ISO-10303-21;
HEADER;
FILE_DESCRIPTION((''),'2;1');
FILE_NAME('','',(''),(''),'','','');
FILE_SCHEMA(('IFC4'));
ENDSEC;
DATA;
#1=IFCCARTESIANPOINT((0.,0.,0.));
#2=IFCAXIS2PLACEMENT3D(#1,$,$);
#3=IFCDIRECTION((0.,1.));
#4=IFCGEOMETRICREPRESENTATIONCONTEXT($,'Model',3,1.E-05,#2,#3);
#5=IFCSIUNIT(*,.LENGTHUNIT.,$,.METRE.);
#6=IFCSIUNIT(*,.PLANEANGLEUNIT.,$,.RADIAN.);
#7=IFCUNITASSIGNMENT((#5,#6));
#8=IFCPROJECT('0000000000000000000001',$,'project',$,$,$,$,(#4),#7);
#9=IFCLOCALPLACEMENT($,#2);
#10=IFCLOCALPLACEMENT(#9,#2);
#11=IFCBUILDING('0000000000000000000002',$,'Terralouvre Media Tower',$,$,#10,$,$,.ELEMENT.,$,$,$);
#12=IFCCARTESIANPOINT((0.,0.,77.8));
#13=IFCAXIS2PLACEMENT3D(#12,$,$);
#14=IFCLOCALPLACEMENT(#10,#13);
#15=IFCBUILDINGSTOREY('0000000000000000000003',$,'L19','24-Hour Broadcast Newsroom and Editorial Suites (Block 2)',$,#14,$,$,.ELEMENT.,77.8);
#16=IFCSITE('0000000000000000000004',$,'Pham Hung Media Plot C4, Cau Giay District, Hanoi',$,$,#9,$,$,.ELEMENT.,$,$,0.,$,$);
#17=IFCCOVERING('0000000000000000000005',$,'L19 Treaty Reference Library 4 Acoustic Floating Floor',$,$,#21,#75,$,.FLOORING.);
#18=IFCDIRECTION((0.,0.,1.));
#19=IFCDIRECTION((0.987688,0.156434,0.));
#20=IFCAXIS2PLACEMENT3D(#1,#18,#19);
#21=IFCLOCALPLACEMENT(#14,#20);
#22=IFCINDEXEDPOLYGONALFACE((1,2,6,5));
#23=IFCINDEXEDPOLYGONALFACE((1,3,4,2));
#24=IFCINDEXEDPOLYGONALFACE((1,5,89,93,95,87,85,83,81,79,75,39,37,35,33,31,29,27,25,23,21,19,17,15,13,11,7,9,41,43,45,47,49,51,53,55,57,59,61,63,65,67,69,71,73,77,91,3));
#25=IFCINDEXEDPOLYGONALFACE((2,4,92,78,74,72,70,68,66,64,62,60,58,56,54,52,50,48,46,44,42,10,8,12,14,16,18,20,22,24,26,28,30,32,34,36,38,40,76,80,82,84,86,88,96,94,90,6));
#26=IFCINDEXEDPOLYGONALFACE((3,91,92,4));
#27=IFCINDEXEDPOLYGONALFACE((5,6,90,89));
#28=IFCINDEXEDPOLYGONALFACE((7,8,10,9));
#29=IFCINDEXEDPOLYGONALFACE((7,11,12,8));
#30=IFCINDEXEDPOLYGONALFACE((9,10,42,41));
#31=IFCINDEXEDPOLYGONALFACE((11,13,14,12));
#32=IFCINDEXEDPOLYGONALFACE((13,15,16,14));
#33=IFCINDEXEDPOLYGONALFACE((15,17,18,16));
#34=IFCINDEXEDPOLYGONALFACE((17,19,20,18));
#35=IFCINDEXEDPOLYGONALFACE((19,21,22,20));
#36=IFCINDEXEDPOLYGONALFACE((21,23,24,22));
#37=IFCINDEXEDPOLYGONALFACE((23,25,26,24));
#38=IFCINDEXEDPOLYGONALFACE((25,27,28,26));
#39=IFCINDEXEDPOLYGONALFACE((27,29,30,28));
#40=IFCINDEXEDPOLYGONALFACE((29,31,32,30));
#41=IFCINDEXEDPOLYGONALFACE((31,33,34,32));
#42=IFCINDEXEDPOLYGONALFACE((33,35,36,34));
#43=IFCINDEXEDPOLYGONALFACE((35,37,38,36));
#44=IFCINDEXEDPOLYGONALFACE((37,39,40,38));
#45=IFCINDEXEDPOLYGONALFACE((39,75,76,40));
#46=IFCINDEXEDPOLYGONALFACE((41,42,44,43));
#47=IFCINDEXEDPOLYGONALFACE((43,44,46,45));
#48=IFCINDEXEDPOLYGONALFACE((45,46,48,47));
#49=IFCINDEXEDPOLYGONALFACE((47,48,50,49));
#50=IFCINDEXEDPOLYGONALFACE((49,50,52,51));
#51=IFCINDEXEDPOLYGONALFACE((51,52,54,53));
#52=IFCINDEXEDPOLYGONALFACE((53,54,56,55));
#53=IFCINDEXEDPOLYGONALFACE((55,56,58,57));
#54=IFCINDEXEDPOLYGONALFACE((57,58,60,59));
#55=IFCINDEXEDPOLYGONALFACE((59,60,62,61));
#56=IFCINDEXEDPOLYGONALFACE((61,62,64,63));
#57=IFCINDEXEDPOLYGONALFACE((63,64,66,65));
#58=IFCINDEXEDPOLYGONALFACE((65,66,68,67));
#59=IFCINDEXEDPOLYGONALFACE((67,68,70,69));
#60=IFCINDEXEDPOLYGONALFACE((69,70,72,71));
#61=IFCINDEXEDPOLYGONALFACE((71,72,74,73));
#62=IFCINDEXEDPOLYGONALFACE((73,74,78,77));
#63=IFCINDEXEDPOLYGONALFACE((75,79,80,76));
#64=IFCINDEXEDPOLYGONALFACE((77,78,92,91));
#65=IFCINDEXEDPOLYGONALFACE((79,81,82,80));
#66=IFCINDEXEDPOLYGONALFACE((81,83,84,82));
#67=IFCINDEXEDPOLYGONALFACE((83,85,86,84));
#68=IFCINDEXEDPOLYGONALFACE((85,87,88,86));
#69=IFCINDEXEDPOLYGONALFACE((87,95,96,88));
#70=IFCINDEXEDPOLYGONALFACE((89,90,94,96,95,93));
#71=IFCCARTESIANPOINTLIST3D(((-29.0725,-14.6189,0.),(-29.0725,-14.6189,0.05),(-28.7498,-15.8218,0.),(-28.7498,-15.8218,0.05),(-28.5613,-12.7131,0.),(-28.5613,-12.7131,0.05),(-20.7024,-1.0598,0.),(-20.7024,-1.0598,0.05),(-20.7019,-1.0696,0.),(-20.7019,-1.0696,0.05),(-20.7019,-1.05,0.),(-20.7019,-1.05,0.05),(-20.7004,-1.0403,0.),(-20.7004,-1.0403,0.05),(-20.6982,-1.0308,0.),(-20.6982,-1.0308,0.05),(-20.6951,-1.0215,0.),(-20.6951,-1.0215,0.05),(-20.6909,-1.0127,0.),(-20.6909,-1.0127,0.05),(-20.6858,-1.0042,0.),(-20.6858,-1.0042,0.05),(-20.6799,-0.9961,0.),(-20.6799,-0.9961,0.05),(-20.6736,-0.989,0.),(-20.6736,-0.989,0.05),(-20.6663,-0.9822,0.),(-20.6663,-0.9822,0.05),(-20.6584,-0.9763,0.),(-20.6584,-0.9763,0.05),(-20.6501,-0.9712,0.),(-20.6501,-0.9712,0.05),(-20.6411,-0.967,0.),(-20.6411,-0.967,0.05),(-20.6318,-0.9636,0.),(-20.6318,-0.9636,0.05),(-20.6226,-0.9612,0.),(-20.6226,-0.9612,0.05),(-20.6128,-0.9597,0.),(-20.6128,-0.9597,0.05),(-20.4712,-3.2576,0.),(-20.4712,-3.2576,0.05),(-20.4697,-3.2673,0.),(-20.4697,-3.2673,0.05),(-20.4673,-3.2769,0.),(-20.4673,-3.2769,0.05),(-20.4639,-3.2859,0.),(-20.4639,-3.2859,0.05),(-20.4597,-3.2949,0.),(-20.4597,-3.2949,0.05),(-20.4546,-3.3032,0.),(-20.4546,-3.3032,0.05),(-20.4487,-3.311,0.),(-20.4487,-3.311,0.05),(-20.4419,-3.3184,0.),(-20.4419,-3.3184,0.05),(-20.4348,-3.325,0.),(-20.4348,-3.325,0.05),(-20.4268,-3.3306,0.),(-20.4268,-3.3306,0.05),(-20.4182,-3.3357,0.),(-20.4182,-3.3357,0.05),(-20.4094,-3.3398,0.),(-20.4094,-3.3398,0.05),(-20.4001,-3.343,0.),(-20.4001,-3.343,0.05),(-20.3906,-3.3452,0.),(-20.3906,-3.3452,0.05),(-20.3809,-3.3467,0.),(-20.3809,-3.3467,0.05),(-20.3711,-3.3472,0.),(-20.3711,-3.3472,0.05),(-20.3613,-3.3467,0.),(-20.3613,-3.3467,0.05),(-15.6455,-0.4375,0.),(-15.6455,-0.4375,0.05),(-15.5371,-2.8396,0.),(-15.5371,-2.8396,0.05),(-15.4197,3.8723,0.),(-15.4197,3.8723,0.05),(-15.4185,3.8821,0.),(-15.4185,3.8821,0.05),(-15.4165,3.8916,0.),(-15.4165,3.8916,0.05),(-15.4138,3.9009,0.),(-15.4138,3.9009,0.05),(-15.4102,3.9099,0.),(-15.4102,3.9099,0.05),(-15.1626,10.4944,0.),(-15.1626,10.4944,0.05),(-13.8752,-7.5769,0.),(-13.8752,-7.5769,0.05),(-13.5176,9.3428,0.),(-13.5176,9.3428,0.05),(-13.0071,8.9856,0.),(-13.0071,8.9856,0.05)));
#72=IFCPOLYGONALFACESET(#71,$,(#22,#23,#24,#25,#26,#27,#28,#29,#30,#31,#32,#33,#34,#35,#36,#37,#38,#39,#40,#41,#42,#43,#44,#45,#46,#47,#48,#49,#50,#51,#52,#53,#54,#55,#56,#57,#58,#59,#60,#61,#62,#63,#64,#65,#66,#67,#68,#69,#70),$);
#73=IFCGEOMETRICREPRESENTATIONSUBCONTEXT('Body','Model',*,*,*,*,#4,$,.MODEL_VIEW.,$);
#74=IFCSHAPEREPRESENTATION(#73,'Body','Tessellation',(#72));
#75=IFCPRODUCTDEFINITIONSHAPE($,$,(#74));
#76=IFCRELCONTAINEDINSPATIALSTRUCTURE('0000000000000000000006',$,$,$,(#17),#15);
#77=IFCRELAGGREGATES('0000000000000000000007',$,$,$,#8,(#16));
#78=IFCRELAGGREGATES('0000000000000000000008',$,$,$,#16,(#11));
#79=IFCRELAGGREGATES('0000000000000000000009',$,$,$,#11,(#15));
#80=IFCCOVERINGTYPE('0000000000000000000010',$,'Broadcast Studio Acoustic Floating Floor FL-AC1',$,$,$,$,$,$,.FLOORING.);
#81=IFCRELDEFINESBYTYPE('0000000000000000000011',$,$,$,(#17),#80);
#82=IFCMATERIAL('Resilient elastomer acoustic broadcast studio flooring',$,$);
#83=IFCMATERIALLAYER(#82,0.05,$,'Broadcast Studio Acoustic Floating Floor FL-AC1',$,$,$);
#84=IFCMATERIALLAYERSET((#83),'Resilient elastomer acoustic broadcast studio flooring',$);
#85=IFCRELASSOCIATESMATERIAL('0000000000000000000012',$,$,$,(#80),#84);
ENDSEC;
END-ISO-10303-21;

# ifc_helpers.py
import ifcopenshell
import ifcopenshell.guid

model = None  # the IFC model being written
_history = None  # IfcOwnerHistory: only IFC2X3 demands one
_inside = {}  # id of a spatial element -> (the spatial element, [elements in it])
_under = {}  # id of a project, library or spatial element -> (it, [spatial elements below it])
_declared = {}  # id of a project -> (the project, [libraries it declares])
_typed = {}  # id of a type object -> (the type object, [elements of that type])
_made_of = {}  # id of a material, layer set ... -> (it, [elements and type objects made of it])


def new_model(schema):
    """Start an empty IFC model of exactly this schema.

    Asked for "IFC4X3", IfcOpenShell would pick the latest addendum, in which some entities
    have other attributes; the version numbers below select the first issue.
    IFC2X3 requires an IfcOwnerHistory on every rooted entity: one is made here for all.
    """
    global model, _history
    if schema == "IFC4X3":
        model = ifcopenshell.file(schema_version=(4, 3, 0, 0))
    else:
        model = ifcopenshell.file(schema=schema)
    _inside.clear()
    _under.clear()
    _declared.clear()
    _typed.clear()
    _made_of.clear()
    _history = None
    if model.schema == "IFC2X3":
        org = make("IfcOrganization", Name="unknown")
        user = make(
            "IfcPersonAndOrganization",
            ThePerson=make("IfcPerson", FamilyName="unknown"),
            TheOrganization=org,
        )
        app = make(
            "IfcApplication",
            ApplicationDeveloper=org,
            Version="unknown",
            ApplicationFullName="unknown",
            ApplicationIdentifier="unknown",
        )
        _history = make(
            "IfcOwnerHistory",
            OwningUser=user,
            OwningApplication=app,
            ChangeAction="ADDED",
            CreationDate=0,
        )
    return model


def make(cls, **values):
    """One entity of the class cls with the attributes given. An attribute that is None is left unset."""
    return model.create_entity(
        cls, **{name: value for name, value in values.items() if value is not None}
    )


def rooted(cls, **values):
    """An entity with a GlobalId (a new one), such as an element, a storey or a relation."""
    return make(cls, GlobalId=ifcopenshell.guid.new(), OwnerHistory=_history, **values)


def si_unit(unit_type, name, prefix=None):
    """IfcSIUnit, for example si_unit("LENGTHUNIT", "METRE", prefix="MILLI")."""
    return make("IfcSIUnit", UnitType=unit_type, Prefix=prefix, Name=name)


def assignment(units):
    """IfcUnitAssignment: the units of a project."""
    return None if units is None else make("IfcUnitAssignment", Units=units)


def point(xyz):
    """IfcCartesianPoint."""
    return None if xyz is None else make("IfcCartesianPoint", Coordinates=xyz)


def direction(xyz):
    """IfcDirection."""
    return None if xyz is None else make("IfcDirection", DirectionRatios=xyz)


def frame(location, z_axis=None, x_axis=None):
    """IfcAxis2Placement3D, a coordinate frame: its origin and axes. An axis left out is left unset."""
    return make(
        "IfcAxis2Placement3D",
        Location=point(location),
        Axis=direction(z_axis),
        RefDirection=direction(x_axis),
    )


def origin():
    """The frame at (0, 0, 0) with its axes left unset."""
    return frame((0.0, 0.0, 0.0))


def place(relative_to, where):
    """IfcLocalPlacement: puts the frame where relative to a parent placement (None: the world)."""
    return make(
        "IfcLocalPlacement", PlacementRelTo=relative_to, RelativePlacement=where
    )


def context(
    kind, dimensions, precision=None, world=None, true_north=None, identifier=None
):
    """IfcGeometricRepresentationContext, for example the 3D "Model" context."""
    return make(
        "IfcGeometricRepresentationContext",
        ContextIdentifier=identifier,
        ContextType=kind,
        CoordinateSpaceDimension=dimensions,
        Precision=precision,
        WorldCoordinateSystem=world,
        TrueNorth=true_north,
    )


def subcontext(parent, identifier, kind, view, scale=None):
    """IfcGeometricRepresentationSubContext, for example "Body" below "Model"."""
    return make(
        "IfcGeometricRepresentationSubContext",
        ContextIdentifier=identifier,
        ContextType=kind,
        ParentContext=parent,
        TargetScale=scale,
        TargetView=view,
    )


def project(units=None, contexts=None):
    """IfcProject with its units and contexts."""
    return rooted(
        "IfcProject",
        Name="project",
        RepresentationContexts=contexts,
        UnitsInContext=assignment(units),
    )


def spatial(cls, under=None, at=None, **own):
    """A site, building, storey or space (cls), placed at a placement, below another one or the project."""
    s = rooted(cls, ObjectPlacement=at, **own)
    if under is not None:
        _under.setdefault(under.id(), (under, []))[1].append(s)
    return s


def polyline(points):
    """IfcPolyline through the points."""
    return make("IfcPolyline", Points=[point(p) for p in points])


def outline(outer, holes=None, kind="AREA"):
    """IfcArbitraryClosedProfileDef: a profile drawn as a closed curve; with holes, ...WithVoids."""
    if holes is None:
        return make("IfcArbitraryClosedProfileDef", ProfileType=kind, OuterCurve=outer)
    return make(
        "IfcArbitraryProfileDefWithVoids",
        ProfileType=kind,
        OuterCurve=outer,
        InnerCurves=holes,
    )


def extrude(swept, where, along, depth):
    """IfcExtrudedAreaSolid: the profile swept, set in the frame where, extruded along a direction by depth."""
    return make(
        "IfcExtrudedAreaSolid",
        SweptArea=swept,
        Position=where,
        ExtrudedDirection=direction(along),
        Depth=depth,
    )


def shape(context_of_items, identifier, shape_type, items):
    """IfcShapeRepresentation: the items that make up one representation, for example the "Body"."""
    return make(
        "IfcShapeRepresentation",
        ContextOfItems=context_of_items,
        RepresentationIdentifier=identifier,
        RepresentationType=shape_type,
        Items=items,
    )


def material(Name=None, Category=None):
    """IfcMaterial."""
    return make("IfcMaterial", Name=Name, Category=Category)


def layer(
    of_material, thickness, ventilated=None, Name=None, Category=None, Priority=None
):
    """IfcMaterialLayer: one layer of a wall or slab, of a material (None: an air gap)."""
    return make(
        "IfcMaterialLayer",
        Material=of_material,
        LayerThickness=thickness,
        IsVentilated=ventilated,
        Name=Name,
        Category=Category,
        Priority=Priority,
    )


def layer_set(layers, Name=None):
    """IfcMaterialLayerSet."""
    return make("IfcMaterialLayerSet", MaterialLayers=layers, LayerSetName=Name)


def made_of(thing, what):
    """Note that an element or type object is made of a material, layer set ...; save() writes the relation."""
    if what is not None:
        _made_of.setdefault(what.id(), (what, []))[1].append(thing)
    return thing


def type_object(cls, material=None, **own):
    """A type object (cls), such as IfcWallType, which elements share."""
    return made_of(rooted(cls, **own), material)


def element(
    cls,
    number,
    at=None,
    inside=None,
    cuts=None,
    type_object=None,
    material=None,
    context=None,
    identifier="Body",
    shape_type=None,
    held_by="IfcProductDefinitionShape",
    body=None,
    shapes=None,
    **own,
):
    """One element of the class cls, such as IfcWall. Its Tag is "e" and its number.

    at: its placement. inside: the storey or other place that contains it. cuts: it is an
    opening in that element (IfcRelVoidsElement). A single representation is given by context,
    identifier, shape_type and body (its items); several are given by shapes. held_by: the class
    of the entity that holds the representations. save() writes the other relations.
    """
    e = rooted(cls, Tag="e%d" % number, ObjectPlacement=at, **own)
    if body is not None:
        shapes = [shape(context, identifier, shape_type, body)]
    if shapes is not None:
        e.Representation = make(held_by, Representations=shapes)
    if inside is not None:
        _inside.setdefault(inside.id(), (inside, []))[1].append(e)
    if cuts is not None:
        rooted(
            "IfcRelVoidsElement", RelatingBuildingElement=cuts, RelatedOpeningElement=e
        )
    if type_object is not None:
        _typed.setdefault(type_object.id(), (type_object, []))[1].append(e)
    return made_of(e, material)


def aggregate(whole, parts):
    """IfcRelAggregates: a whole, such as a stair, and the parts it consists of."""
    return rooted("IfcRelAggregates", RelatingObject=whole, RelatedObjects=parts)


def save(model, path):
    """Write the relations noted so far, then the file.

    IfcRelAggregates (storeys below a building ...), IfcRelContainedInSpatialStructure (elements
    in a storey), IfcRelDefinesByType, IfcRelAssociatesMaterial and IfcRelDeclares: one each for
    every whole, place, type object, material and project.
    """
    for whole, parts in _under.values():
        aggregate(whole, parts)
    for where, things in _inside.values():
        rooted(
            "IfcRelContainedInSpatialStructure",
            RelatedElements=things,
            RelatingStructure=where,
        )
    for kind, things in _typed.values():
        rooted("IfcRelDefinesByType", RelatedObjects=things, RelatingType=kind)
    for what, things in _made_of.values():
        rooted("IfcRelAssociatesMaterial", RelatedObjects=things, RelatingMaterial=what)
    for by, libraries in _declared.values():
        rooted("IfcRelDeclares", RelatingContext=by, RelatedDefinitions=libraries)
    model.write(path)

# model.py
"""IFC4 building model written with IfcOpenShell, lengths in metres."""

from ifc_helpers import new_model, si_unit, direction, frame, origin, place, context, subcontext, project, spatial, polyline, outline, extrude, material, layer, layer_set, type_object, element, save


model = new_model("IFC4")

# Units and contexts
model_context = context("Model", 3, precision=1e-05, world=origin(), true_north=direction((0.0, 1.0)))
body_context = subcontext(model_context, "Body", "Model", "MODEL_VIEW")
ifc_project = project(units=[si_unit("LENGTHUNIT", "METRE"), si_unit("PLANEANGLEUNIT", "RADIAN")], contexts=[model_context])

# Site, building, storey
site_placement = place(None, origin())
site = spatial("IfcSite", under=ifc_project, at=site_placement, Name="Pham Hung Media Plot C4, Cau Giay District, Hanoi", CompositionType="ELEMENT", RefElevation=0.0)
building_placement = place(site_placement, origin())
building = spatial("IfcBuilding", under=site, at=building_placement, Name="Terralouvre Media Tower", CompositionType="ELEMENT")
storey_placement = place(building_placement, frame((0.0, 0.0, 77.8)))
storey = spatial("IfcBuildingStorey", under=building, at=storey_placement, Name="L19", Description="24-Hour Broadcast Newsroom and Editorial Suites (Block 2)", CompositionType="ELEMENT", Elevation=77.8)

# Covering
ifc_material_1 = material(Name="Resilient elastomer acoustic broadcast studio flooring")
ifc_layer_1 = layer(ifc_material_1, 0.05, Name="Broadcast Studio Acoustic Floating Floor FL-AC1")
ifc_layer_set_1 = layer_set([ifc_layer_1], Name="Resilient elastomer acoustic broadcast studio flooring")
covering_type_1 = type_object("IfcCoveringType", Name="Broadcast Studio Acoustic Floating Floor FL-AC1", PredefinedType="FLOORING", material=ifc_layer_set_1)
covering_1_placement = place(storey_placement, frame((0.0, 0.0, 0.0), z_axis=(0.0, 0.0, 1.0), x_axis=(0.987688, 0.156434, 0.0)))
element("IfcCovering", 1, at=covering_1_placement, inside=storey, type_object=covering_type_1, Name="L19 Treaty Reference Library 4 Acoustic Floating Floor", PredefinedType="FLOORING", context=body_context, shape_type="SweptSolid", body=[
    extrude(outline(polyline([(-15.5371, -2.8396), (-20.3613, -3.3467), (-20.3711, -3.3472), (-20.3809, -3.3467), (-20.3906, -3.3452), (-20.4001, -3.343), (-20.4094, -3.3398), (-20.4182, -3.3357), (-20.4268, -3.3306), (-20.4348, -3.325), (-20.4419, -3.3184), (-20.4487, -3.311), (-20.4546, -3.3032), (-20.4597, -3.2949), (-20.4639, -3.2859), (-20.4673, -3.2769), (-20.4697, -3.2673), (-20.4712, -3.2576), (-20.7019, -1.0696), (-20.7024, -1.0598), (-20.7019, -1.05), (-20.7004, -1.0403), (-20.6982, -1.0308), (-20.6951, -1.0215), (-20.6909, -1.0127), (-20.6858, -1.0042), (-20.6799, -0.9961), (-20.6736, -0.989), (-20.6663, -0.9822), (-20.6584, -0.9763), (-20.6501, -0.9712), (-20.6411, -0.967), (-20.6318, -0.9636), (-20.6226, -0.9612), (-20.6128, -0.9597), (-15.6455, -0.4375), (-15.4197, 3.8723), (-15.4185, 3.8821), (-15.4165, 3.8916), (-15.4138, 3.9009), (-15.4102, 3.9099), (-13.0071, 8.9856), (-13.5176, 9.3428), (-15.1626, 10.4944), (-28.5613, -12.7131), (-29.0725, -14.6189), (-28.7498, -15.8218), (-13.8752, -7.5769), (-15.5371, -2.8396)])), origin(), (0.0, 0.0, 1.0), 0.05),
])

save(model, "model.ifc")
